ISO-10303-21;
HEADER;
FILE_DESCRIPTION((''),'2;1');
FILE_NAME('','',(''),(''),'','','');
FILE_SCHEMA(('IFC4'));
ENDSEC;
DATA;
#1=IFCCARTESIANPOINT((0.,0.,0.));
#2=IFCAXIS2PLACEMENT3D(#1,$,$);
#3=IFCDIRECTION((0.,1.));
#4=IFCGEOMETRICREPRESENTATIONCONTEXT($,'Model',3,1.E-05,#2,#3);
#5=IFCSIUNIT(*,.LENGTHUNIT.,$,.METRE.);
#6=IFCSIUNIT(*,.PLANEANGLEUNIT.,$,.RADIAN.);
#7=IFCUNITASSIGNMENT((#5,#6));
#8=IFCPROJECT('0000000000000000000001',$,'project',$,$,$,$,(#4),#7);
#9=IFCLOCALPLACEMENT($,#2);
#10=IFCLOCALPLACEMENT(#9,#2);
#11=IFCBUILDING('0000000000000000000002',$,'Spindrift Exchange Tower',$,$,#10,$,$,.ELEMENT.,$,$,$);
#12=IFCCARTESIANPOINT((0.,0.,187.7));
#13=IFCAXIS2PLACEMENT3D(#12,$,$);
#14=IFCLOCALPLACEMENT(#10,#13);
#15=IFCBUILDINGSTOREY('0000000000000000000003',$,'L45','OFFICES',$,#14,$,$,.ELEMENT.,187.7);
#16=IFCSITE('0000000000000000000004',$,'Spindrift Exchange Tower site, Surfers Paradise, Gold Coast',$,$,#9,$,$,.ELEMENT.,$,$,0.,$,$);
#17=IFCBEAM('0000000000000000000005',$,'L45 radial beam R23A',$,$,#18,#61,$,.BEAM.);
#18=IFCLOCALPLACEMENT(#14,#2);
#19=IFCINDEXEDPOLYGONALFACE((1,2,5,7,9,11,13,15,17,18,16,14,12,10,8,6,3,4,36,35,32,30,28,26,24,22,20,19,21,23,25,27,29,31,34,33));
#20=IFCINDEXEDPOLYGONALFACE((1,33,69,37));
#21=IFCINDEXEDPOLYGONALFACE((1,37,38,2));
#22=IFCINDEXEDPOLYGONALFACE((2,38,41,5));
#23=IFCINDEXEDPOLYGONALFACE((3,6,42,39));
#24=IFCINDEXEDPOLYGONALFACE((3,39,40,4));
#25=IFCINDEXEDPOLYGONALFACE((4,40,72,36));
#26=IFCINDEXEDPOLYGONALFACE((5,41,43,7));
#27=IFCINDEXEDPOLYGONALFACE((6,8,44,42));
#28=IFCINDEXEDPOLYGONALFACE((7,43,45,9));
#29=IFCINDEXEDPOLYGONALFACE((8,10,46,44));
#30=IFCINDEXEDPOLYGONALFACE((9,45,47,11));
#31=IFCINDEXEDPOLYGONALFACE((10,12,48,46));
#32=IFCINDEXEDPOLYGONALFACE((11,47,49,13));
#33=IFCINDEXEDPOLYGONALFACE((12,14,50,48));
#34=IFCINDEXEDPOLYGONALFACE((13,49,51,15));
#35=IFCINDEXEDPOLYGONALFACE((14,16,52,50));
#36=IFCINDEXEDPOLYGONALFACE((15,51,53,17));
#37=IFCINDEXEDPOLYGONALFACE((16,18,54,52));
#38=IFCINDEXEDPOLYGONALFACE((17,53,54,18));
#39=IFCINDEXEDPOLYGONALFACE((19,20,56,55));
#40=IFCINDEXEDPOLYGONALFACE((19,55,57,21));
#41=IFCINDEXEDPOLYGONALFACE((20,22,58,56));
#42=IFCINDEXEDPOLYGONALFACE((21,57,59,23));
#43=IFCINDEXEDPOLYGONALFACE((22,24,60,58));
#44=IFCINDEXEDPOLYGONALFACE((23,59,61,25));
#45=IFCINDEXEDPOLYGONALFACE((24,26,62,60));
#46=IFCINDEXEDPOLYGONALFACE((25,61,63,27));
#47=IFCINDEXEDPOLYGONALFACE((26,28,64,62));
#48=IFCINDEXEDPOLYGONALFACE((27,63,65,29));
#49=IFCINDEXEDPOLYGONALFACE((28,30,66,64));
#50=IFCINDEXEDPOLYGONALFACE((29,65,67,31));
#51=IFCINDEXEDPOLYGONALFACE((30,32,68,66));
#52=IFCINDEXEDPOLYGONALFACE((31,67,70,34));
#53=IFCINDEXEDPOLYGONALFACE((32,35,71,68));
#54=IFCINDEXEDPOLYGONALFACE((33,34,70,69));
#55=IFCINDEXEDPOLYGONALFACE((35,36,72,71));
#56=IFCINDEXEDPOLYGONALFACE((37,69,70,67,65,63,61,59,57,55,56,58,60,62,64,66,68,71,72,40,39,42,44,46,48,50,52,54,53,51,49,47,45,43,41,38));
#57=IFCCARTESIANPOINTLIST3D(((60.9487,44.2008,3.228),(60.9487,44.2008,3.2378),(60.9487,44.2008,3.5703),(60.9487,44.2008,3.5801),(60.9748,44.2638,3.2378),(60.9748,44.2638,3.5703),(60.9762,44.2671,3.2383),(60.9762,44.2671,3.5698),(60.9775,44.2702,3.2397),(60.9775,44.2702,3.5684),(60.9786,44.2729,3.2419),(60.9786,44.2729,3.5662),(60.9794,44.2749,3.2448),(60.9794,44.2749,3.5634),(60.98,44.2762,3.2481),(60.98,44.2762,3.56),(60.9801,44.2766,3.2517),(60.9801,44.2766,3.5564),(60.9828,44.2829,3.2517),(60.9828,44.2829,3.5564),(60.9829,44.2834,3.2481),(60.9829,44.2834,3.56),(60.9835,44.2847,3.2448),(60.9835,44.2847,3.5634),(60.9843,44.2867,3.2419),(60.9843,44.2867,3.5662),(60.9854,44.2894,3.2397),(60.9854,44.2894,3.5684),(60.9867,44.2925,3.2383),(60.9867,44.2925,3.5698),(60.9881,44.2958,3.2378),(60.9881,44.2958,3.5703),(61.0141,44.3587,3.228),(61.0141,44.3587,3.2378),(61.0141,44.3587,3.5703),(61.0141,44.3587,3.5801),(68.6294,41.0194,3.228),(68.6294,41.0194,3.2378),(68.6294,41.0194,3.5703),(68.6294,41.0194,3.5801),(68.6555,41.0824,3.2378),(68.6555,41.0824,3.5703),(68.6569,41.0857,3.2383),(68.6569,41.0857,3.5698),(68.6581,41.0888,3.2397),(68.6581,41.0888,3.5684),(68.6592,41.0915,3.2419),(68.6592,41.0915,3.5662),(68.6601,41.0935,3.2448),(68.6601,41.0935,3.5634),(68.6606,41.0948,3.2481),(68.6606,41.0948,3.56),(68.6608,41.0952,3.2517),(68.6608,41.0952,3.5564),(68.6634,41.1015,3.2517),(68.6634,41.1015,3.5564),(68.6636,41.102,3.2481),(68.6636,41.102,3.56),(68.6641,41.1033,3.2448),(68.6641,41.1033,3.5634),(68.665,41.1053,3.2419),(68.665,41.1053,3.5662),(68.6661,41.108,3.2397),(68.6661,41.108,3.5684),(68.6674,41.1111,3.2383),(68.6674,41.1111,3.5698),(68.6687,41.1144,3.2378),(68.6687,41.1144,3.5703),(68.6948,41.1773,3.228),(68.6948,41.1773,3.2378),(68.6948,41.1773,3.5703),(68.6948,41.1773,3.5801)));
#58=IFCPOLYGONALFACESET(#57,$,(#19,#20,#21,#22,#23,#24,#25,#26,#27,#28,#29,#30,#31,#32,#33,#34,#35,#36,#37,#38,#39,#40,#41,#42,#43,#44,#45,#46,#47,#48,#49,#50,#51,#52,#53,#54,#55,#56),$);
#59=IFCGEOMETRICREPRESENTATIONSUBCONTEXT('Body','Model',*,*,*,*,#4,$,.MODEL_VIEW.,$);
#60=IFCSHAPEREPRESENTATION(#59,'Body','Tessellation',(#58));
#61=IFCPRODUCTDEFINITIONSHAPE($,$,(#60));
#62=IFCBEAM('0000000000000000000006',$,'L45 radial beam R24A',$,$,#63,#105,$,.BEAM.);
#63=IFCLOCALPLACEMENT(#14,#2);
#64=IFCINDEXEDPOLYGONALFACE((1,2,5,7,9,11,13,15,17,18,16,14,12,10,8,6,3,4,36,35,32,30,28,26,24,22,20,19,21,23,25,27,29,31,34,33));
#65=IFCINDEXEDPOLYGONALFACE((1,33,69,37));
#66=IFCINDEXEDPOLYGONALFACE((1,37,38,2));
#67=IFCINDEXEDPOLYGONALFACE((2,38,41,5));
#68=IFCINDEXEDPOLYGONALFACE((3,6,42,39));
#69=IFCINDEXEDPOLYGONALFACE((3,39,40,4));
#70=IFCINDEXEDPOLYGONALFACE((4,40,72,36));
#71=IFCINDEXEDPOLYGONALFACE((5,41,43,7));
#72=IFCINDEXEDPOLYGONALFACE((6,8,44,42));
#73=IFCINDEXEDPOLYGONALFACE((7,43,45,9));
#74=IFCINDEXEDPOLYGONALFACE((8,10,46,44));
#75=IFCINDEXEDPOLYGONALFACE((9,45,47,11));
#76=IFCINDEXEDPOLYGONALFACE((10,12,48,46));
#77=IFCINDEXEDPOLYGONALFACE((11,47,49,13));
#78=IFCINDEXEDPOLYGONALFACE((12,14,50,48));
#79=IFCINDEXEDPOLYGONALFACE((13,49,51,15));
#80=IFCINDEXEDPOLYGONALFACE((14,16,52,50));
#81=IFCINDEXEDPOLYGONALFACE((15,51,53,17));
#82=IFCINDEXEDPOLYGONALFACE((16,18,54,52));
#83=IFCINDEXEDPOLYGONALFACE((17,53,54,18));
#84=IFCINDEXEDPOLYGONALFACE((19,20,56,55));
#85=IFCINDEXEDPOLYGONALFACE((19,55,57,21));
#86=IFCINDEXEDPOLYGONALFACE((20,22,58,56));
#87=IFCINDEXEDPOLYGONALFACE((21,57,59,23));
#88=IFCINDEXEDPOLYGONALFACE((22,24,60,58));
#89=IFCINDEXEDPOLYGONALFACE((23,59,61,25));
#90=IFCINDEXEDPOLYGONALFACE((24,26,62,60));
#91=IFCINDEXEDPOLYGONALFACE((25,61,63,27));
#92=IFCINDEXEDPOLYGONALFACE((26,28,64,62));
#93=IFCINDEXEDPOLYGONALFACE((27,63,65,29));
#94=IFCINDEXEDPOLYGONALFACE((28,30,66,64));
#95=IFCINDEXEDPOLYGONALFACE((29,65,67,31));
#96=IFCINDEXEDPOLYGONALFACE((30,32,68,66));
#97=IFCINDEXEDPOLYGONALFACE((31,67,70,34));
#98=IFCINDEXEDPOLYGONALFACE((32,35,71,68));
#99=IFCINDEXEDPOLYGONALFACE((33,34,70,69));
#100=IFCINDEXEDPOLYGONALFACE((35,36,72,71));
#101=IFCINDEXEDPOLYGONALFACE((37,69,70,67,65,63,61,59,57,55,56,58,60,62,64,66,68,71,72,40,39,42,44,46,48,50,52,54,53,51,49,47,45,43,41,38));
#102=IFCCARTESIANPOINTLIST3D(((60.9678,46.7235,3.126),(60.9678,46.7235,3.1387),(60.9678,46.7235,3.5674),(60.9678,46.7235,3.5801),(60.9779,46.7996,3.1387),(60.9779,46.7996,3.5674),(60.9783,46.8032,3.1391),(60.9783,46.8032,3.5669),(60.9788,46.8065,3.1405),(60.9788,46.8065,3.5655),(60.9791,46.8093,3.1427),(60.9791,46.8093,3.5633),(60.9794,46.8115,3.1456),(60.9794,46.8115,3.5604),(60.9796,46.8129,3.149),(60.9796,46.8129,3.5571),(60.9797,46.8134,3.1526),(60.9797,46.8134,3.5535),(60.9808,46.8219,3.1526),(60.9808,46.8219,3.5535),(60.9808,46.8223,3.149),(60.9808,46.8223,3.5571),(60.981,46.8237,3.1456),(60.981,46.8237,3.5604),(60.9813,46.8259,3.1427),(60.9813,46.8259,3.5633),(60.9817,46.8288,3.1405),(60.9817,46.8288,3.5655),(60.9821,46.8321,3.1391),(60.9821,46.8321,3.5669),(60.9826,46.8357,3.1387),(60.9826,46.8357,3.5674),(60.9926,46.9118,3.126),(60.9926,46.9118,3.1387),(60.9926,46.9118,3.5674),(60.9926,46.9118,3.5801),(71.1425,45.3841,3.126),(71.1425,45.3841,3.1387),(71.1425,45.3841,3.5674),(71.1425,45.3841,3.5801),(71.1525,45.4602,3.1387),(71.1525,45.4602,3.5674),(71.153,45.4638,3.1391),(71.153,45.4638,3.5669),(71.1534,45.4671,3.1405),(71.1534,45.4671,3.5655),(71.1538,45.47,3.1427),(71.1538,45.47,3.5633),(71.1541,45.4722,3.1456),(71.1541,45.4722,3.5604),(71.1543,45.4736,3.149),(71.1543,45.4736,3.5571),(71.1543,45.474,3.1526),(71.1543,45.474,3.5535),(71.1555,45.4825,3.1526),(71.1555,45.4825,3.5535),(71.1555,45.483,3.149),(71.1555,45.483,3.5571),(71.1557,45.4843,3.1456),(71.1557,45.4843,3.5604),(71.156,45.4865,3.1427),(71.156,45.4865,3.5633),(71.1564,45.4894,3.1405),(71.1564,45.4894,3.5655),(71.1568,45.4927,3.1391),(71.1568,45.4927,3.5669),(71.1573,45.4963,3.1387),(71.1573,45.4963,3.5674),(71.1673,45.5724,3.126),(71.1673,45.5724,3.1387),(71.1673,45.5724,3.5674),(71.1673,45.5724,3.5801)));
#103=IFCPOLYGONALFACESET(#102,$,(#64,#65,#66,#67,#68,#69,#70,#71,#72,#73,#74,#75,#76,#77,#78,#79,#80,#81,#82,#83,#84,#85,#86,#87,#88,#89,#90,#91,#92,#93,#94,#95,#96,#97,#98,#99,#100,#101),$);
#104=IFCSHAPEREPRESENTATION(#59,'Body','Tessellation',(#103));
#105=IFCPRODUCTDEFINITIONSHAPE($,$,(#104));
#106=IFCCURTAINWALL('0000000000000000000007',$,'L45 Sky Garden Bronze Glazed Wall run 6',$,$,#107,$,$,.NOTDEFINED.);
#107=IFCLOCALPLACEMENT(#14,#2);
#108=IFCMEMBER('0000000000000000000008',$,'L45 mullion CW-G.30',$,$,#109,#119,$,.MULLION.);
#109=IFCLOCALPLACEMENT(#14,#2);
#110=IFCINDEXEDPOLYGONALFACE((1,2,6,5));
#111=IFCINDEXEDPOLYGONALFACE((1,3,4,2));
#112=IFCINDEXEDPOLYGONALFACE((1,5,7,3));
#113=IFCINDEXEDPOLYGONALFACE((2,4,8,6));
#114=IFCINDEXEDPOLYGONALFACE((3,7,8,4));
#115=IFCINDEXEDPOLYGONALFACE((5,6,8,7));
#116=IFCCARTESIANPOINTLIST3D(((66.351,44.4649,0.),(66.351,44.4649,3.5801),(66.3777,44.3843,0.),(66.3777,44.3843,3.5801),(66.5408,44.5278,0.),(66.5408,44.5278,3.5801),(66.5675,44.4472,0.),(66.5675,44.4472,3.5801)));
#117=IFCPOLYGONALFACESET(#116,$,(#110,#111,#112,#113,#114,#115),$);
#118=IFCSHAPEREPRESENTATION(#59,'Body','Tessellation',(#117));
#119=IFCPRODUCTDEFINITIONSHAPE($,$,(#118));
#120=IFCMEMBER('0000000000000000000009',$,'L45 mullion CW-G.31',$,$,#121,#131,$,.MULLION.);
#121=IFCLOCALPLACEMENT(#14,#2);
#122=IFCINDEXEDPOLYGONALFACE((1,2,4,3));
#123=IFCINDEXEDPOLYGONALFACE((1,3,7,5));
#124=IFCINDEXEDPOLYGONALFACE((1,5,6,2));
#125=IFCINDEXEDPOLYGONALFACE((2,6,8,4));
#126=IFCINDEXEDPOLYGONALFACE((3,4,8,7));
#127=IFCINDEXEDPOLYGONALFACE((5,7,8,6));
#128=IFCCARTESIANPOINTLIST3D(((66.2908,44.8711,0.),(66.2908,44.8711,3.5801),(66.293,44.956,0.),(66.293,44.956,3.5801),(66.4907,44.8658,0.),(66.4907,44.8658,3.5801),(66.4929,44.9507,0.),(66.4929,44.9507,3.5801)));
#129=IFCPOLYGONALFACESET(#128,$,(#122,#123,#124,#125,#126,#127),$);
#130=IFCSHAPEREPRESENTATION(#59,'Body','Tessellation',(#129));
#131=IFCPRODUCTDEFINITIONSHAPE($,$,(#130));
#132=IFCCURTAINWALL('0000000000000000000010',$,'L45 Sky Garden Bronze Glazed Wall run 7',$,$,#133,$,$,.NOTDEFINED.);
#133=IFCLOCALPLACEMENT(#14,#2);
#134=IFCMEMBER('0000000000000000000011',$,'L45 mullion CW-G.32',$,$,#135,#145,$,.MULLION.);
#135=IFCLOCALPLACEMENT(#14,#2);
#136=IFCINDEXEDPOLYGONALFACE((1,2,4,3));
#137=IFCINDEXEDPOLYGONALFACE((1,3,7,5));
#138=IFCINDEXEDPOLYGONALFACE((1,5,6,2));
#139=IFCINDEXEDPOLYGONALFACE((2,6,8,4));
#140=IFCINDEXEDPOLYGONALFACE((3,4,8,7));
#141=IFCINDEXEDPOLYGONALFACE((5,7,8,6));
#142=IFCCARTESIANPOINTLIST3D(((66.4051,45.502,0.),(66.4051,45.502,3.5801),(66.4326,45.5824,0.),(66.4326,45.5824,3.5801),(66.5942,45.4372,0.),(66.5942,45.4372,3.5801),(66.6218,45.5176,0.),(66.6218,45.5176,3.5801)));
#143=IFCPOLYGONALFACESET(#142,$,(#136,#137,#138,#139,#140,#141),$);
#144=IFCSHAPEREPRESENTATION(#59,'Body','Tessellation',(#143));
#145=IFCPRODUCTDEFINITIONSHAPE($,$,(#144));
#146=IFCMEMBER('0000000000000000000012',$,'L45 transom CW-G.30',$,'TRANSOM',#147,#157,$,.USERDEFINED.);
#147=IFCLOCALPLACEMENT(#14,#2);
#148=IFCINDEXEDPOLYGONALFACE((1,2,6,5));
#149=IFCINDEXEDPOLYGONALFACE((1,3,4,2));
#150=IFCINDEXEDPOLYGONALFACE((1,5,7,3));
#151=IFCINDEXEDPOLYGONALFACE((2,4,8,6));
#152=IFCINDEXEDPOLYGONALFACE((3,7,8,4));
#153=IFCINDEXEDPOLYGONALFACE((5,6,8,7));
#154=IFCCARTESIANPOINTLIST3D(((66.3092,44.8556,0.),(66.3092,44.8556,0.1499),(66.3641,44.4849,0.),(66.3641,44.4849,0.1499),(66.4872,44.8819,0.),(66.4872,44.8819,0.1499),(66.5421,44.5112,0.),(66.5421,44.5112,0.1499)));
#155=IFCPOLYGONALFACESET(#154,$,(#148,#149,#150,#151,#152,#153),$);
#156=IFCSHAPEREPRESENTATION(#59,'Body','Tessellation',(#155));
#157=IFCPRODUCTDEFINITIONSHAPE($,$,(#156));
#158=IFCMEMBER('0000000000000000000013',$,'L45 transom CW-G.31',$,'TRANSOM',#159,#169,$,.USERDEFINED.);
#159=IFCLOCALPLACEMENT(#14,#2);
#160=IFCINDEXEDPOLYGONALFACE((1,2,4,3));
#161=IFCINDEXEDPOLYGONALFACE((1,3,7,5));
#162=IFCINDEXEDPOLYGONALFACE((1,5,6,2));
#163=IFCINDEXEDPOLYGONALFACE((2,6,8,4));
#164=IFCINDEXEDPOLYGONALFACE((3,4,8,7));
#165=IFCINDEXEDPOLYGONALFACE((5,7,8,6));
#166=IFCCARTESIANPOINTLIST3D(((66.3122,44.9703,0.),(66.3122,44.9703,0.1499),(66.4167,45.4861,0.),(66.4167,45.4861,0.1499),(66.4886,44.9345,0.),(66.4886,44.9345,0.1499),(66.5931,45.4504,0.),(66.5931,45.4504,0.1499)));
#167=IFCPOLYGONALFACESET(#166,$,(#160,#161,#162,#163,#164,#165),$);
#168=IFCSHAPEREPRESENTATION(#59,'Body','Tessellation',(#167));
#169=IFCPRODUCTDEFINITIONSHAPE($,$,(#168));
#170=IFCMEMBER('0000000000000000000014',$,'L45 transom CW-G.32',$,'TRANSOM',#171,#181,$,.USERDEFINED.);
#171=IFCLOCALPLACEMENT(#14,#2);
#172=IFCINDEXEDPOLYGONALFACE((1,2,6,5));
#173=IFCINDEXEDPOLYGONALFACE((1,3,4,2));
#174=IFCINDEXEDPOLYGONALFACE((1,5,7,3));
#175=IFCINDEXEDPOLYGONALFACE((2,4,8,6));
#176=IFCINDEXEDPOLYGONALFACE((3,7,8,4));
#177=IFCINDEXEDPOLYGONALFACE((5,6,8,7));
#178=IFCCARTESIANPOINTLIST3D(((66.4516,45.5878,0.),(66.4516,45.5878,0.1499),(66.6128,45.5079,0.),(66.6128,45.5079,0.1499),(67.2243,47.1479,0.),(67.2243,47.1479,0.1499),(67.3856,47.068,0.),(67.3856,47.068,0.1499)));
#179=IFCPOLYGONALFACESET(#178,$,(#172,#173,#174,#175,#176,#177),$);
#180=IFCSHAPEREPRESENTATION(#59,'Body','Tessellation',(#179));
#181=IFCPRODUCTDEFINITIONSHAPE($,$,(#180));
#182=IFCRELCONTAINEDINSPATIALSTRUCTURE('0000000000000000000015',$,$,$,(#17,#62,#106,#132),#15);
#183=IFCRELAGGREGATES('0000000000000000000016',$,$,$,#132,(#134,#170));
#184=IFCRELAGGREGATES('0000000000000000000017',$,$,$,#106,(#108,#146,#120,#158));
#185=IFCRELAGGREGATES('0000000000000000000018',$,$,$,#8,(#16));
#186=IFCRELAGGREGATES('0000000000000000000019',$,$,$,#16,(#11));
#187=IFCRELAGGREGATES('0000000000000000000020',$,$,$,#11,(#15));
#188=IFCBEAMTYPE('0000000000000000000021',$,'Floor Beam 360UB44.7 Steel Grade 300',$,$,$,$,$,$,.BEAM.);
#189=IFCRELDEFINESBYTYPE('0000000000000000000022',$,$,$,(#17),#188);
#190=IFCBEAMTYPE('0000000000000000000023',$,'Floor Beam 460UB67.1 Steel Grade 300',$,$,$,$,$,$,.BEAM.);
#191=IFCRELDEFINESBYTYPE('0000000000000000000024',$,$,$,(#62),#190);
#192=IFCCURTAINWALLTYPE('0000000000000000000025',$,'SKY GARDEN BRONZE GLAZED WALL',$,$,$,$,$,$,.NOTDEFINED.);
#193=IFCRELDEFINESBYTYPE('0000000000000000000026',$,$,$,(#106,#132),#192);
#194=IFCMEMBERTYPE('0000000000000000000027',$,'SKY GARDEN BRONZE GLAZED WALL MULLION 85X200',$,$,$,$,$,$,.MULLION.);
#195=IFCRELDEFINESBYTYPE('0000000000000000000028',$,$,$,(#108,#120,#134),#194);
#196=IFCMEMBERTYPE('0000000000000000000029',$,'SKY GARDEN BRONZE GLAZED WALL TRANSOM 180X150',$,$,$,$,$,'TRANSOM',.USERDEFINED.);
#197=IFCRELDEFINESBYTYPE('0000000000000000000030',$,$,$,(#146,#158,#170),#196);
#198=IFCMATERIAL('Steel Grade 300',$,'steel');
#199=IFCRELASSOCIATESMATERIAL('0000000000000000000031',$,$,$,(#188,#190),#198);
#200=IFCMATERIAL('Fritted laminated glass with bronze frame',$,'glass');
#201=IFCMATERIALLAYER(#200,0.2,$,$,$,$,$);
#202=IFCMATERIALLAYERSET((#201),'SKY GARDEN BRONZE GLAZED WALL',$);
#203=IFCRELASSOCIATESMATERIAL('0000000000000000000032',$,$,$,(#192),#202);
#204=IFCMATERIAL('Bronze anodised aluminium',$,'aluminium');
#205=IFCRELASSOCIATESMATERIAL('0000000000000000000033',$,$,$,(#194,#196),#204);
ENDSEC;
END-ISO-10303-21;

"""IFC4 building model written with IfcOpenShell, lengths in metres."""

from ifc_helpers import new_model, si_unit, direction, frame, origin, origin_2d, place, context, subcontext, project, spatial, rectangle, i_section, extrude, source, transform, mapped, material, layer, layer_set, material_profile, profile_set, type_object, element, aggregate, save


model = new_model("IFC4")

# Units and contexts
model_context = context("Model", 3, precision=1e-05, world=origin(), true_north=direction((0.0, 1.0)))
body_context = subcontext(model_context, "Body", "Model", "MODEL_VIEW")
ifc_project = project(units=[si_unit("LENGTHUNIT", "METRE"), si_unit("PLANEANGLEUNIT", "RADIAN")], contexts=[model_context])

# Site, building, storey
site_placement = place(None, origin())
site = spatial("IfcSite", under=ifc_project, at=site_placement, Name="Spindrift Exchange Tower site, Surfers Paradise, Gold Coast", CompositionType="ELEMENT", RefElevation=0.0)
building_placement = place(site_placement, origin())
building = spatial("IfcBuilding", under=site, at=building_placement, Name="Spindrift Exchange Tower", CompositionType="ELEMENT")
storey_placement = place(building_placement, frame((0.0, 0.0, 187.7)))
storey = spatial("IfcBuildingStorey", under=building, at=storey_placement, Name="L45", Description="OFFICES", CompositionType="ELEMENT", Elevation=187.7)

# Beams
ifc_material_1 = material(Name="Steel Grade 300", Category="steel")
ifc_material_profile_1 = material_profile(ifc_material_1, i_section(OverallWidth=0.1709, OverallDepth=0.3521, WebThickness=0.0068, FlangeThickness=0.0098, FilletRadius=0.0139, at=origin_2d()), Name="360UB44.7")
ifc_profile_set_1 = profile_set([ifc_material_profile_1], Name="Steel Grade 300")
beam_type_1 = type_object("IfcBeamType", Name="Floor Beam 360UB44.7 Steel Grade 300", PredefinedType="BEAM", material=ifc_profile_set_1)
shared_shape_1 = source(origin(), body_context, "Body", "SweptSolid", [
    extrude(i_section(OverallWidth=0.1709, OverallDepth=0.3521, WebThickness=0.0068, FlangeThickness=0.0098, FilletRadius=0.0139, at=origin_2d()), origin(), (0.0, 0.0, 1.0), 8.3135),
])
beam_1_placement = place(storey_placement, frame((60.9814, 44.2798, 3.4041), z_axis=(0.923881, -0.382679, 0.0), x_axis=(0.382679, 0.923881, 0.0)))
element("IfcBeam", 1, at=beam_1_placement, inside=storey, type_object=beam_type_1, Name="L45 radial beam R23A", PredefinedType="BEAM", context=body_context, shape_type="MappedRepresentation", body=[
    mapped(shared_shape_1, transform((0.0, 0.0, 0.0), scale=1.0)),
])
ifc_material_profile_2 = material_profile(ifc_material_1, i_section(OverallWidth=0.1899, OverallDepth=0.4541, WebThickness=0.0085, FlangeThickness=0.0127, FilletRadius=0.0139, at=origin_2d()), Name="460UB67.1")
ifc_profile_set_2 = profile_set([ifc_material_profile_2], Name="Steel Grade 300")
beam_type_2 = type_object("IfcBeamType", Name="Floor Beam 460UB67.1 Steel Grade 300", PredefinedType="BEAM", material=ifc_profile_set_2)
shared_shape_2 = source(origin(), body_context, "Body", "SweptSolid", [
    extrude(i_section(OverallWidth=0.1899, OverallDepth=0.4541, WebThickness=0.0085, FlangeThickness=0.0127, FilletRadius=0.0139, at=origin_2d()), origin(), (0.0, 0.0, 1.0), 10.2625),
])
beam_2_placement = place(storey_placement, frame((60.9802, 46.8176, 3.353), z_axis=(0.991447, -0.130512, 0.0), x_axis=(0.130512, 0.991447, 0.0)))
element("IfcBeam", 2, at=beam_2_placement, inside=storey, type_object=beam_type_2, Name="L45 radial beam R24A", PredefinedType="BEAM", context=body_context, shape_type="MappedRepresentation", body=[
    mapped(shared_shape_2, transform((0.0, 0.0, 0.0), scale=1.0)),
])

# Curtain wall, members
ifc_material_2 = material(Name="Fritted laminated glass with bronze frame", Category="glass")
ifc_layer_1 = layer(ifc_material_2, 0.2)
ifc_layer_set_1 = layer_set([ifc_layer_1], Name="SKY GARDEN BRONZE GLAZED WALL")
curtain_wall_type = type_object("IfcCurtainWallType", Name="SKY GARDEN BRONZE GLAZED WALL", PredefinedType="NOTDEFINED", material=ifc_layer_set_1)
curtain_wall_1_placement = place(storey_placement, origin())
curtain_wall_1 = element("IfcCurtainWall", 3, at=curtain_wall_1_placement, inside=storey, type_object=curtain_wall_type, Name="L45 Sky Garden Bronze Glazed Wall run 6", PredefinedType="NOTDEFINED")
ifc_material_3 = material(Name="Bronze anodised aluminium", Category="aluminium")
ifc_material_profile_3 = material_profile(ifc_material_3, rectangle(XDim=0.085, YDim=0.2, at=origin_2d()), Name="SKY GARDEN BRONZE GLAZED WALL MULLION 85X200")
ifc_profile_set_3 = profile_set([ifc_material_profile_3], Name="Bronze anodised aluminium")
member_type_1 = type_object("IfcMemberType", Name="SKY GARDEN BRONZE GLAZED WALL MULLION 85X200", PredefinedType="MULLION", material=ifc_profile_set_3)
shared_shape_3 = source(origin(), body_context, "Body", "SweptSolid", [
    extrude(rectangle(XDim=0.085, YDim=0.2, at=origin_2d()), origin(), (0.0, 0.0, 1.0), 3.5801),
])
member_1_placement = place(storey_placement, frame((66.4592, 44.4561, 0.0), z_axis=(0.0, 0.0, 1.0), x_axis=(-0.314574, 0.949233, 0.0)))
member_1 = element("IfcMember", 4, at=member_1_placement, type_object=member_type_1, Name="L45 mullion CW-G.30", PredefinedType="MULLION", context=body_context, shape_type="MappedRepresentation", body=[
    mapped(shared_shape_3, transform((0.0, 0.0, 0.0), scale=1.0)),
])
member_2_placement = place(storey_placement, frame((66.3918, 44.9109, 0.0), z_axis=(0.0, 0.0, 1.0), x_axis=(0.026479, 0.999649, 0.0)))
member_2 = element("IfcMember", 5, at=member_2_placement, type_object=member_type_1, Name="L45 mullion CW-G.31", PredefinedType="MULLION", context=body_context, shape_type="MappedRepresentation", body=[
    mapped(shared_shape_3, transform((0.0, 0.0, 0.0), scale=1.0)),
])

# Curtain wall, member
curtain_wall_2_placement = place(storey_placement, origin())
curtain_wall_2 = element("IfcCurtainWall", 6, at=curtain_wall_2_placement, inside=storey, type_object=curtain_wall_type, Name="L45 Sky Garden Bronze Glazed Wall run 7", PredefinedType="NOTDEFINED")
member_3_placement = place(storey_placement, frame((66.5134, 45.5098, 0.0), z_axis=(0.0, 0.0, 1.0), x_axis=(0.324054, 0.946039, 0.0)))
member_3 = element("IfcMember", 7, at=member_3_placement, type_object=member_type_1, Name="L45 mullion CW-G.32", PredefinedType="MULLION", context=body_context, shape_type="MappedRepresentation", body=[
    mapped(shared_shape_3, transform((0.0, 0.0, 0.0), scale=1.0)),
])

# Members
ifc_material_profile_4 = material_profile(ifc_material_3, rectangle(XDim=0.1799, YDim=0.1499, at=origin_2d()), Name="SKY GARDEN BRONZE GLAZED WALL TRANSOM 180X150")
ifc_profile_set_4 = profile_set([ifc_material_profile_4], Name="Bronze anodised aluminium")
member_type_2 = type_object("IfcMemberType", Name="SKY GARDEN BRONZE GLAZED WALL TRANSOM 180X150", ElementType="TRANSOM", PredefinedType="USERDEFINED", material=ifc_profile_set_4)
shared_shape_4 = source(origin(), body_context, "Body", "SweptSolid", [
    extrude(rectangle(XDim=0.1799, YDim=0.1499, at=origin_2d()), origin(), (0.0, 0.0, 1.0), 0.3748),
])
member_4_placement = place(storey_placement, frame((66.4531, 44.498, 0.075), z_axis=(-0.14662, 0.989193, 0.0), x_axis=(-0.989193, -0.14662, 0.0)))
member_4 = element("IfcMember", 8, at=member_4_placement, type_object=member_type_2, Name="L45 transom CW-G.30", ObjectType="TRANSOM", PredefinedType="USERDEFINED", context=body_context, shape_type="MappedRepresentation", body=[
    mapped(shared_shape_4, transform((0.0, 0.0, 0.0), scale=1.0)),
])
shared_shape_5 = source(origin(), body_context, "Body", "SweptSolid", [
    extrude(rectangle(XDim=0.1799, YDim=0.1499, at=origin_2d()), origin(), (0.0, 0.0, 1.0), 0.5264),
])
member_5_placement = place(storey_placement, frame((66.4004, 44.9524, 0.075), z_axis=(0.198524, 0.980096, 0.0), x_axis=(-0.980096, 0.198524, 0.0)))
member_5 = element("IfcMember", 9, at=member_5_placement, type_object=member_type_2, Name="L45 transom CW-G.31", ObjectType="TRANSOM", PredefinedType="USERDEFINED", context=body_context, shape_type="MappedRepresentation", body=[
    mapped(shared_shape_5, transform((0.0, 0.0, 0.0), scale=1.0)),
])
shared_shape_6 = source(origin(), body_context, "Body", "SweptSolid", [
    extrude(rectangle(XDim=0.1799, YDim=0.1499, at=origin_2d()), origin(), (0.0, 0.0, 1.0), 1.741),
])
member_6_placement = place(storey_placement, frame((66.5322, 45.5479, 0.075), z_axis=(0.443845, 0.896104, 0.0), x_axis=(-0.896104, 0.443845, 0.0)))
member_6 = element("IfcMember", 10, at=member_6_placement, type_object=member_type_2, Name="L45 transom CW-G.32", ObjectType="TRANSOM", PredefinedType="USERDEFINED", context=body_context, shape_type="MappedRepresentation", body=[
    mapped(shared_shape_6, transform((0.0, 0.0, 0.0), scale=1.0)),
])
aggregate(curtain_wall_2, [member_3, member_6])

aggregate(curtain_wall_1, [member_1, member_4, member_2, member_5])

save(model, "model.ifc")
